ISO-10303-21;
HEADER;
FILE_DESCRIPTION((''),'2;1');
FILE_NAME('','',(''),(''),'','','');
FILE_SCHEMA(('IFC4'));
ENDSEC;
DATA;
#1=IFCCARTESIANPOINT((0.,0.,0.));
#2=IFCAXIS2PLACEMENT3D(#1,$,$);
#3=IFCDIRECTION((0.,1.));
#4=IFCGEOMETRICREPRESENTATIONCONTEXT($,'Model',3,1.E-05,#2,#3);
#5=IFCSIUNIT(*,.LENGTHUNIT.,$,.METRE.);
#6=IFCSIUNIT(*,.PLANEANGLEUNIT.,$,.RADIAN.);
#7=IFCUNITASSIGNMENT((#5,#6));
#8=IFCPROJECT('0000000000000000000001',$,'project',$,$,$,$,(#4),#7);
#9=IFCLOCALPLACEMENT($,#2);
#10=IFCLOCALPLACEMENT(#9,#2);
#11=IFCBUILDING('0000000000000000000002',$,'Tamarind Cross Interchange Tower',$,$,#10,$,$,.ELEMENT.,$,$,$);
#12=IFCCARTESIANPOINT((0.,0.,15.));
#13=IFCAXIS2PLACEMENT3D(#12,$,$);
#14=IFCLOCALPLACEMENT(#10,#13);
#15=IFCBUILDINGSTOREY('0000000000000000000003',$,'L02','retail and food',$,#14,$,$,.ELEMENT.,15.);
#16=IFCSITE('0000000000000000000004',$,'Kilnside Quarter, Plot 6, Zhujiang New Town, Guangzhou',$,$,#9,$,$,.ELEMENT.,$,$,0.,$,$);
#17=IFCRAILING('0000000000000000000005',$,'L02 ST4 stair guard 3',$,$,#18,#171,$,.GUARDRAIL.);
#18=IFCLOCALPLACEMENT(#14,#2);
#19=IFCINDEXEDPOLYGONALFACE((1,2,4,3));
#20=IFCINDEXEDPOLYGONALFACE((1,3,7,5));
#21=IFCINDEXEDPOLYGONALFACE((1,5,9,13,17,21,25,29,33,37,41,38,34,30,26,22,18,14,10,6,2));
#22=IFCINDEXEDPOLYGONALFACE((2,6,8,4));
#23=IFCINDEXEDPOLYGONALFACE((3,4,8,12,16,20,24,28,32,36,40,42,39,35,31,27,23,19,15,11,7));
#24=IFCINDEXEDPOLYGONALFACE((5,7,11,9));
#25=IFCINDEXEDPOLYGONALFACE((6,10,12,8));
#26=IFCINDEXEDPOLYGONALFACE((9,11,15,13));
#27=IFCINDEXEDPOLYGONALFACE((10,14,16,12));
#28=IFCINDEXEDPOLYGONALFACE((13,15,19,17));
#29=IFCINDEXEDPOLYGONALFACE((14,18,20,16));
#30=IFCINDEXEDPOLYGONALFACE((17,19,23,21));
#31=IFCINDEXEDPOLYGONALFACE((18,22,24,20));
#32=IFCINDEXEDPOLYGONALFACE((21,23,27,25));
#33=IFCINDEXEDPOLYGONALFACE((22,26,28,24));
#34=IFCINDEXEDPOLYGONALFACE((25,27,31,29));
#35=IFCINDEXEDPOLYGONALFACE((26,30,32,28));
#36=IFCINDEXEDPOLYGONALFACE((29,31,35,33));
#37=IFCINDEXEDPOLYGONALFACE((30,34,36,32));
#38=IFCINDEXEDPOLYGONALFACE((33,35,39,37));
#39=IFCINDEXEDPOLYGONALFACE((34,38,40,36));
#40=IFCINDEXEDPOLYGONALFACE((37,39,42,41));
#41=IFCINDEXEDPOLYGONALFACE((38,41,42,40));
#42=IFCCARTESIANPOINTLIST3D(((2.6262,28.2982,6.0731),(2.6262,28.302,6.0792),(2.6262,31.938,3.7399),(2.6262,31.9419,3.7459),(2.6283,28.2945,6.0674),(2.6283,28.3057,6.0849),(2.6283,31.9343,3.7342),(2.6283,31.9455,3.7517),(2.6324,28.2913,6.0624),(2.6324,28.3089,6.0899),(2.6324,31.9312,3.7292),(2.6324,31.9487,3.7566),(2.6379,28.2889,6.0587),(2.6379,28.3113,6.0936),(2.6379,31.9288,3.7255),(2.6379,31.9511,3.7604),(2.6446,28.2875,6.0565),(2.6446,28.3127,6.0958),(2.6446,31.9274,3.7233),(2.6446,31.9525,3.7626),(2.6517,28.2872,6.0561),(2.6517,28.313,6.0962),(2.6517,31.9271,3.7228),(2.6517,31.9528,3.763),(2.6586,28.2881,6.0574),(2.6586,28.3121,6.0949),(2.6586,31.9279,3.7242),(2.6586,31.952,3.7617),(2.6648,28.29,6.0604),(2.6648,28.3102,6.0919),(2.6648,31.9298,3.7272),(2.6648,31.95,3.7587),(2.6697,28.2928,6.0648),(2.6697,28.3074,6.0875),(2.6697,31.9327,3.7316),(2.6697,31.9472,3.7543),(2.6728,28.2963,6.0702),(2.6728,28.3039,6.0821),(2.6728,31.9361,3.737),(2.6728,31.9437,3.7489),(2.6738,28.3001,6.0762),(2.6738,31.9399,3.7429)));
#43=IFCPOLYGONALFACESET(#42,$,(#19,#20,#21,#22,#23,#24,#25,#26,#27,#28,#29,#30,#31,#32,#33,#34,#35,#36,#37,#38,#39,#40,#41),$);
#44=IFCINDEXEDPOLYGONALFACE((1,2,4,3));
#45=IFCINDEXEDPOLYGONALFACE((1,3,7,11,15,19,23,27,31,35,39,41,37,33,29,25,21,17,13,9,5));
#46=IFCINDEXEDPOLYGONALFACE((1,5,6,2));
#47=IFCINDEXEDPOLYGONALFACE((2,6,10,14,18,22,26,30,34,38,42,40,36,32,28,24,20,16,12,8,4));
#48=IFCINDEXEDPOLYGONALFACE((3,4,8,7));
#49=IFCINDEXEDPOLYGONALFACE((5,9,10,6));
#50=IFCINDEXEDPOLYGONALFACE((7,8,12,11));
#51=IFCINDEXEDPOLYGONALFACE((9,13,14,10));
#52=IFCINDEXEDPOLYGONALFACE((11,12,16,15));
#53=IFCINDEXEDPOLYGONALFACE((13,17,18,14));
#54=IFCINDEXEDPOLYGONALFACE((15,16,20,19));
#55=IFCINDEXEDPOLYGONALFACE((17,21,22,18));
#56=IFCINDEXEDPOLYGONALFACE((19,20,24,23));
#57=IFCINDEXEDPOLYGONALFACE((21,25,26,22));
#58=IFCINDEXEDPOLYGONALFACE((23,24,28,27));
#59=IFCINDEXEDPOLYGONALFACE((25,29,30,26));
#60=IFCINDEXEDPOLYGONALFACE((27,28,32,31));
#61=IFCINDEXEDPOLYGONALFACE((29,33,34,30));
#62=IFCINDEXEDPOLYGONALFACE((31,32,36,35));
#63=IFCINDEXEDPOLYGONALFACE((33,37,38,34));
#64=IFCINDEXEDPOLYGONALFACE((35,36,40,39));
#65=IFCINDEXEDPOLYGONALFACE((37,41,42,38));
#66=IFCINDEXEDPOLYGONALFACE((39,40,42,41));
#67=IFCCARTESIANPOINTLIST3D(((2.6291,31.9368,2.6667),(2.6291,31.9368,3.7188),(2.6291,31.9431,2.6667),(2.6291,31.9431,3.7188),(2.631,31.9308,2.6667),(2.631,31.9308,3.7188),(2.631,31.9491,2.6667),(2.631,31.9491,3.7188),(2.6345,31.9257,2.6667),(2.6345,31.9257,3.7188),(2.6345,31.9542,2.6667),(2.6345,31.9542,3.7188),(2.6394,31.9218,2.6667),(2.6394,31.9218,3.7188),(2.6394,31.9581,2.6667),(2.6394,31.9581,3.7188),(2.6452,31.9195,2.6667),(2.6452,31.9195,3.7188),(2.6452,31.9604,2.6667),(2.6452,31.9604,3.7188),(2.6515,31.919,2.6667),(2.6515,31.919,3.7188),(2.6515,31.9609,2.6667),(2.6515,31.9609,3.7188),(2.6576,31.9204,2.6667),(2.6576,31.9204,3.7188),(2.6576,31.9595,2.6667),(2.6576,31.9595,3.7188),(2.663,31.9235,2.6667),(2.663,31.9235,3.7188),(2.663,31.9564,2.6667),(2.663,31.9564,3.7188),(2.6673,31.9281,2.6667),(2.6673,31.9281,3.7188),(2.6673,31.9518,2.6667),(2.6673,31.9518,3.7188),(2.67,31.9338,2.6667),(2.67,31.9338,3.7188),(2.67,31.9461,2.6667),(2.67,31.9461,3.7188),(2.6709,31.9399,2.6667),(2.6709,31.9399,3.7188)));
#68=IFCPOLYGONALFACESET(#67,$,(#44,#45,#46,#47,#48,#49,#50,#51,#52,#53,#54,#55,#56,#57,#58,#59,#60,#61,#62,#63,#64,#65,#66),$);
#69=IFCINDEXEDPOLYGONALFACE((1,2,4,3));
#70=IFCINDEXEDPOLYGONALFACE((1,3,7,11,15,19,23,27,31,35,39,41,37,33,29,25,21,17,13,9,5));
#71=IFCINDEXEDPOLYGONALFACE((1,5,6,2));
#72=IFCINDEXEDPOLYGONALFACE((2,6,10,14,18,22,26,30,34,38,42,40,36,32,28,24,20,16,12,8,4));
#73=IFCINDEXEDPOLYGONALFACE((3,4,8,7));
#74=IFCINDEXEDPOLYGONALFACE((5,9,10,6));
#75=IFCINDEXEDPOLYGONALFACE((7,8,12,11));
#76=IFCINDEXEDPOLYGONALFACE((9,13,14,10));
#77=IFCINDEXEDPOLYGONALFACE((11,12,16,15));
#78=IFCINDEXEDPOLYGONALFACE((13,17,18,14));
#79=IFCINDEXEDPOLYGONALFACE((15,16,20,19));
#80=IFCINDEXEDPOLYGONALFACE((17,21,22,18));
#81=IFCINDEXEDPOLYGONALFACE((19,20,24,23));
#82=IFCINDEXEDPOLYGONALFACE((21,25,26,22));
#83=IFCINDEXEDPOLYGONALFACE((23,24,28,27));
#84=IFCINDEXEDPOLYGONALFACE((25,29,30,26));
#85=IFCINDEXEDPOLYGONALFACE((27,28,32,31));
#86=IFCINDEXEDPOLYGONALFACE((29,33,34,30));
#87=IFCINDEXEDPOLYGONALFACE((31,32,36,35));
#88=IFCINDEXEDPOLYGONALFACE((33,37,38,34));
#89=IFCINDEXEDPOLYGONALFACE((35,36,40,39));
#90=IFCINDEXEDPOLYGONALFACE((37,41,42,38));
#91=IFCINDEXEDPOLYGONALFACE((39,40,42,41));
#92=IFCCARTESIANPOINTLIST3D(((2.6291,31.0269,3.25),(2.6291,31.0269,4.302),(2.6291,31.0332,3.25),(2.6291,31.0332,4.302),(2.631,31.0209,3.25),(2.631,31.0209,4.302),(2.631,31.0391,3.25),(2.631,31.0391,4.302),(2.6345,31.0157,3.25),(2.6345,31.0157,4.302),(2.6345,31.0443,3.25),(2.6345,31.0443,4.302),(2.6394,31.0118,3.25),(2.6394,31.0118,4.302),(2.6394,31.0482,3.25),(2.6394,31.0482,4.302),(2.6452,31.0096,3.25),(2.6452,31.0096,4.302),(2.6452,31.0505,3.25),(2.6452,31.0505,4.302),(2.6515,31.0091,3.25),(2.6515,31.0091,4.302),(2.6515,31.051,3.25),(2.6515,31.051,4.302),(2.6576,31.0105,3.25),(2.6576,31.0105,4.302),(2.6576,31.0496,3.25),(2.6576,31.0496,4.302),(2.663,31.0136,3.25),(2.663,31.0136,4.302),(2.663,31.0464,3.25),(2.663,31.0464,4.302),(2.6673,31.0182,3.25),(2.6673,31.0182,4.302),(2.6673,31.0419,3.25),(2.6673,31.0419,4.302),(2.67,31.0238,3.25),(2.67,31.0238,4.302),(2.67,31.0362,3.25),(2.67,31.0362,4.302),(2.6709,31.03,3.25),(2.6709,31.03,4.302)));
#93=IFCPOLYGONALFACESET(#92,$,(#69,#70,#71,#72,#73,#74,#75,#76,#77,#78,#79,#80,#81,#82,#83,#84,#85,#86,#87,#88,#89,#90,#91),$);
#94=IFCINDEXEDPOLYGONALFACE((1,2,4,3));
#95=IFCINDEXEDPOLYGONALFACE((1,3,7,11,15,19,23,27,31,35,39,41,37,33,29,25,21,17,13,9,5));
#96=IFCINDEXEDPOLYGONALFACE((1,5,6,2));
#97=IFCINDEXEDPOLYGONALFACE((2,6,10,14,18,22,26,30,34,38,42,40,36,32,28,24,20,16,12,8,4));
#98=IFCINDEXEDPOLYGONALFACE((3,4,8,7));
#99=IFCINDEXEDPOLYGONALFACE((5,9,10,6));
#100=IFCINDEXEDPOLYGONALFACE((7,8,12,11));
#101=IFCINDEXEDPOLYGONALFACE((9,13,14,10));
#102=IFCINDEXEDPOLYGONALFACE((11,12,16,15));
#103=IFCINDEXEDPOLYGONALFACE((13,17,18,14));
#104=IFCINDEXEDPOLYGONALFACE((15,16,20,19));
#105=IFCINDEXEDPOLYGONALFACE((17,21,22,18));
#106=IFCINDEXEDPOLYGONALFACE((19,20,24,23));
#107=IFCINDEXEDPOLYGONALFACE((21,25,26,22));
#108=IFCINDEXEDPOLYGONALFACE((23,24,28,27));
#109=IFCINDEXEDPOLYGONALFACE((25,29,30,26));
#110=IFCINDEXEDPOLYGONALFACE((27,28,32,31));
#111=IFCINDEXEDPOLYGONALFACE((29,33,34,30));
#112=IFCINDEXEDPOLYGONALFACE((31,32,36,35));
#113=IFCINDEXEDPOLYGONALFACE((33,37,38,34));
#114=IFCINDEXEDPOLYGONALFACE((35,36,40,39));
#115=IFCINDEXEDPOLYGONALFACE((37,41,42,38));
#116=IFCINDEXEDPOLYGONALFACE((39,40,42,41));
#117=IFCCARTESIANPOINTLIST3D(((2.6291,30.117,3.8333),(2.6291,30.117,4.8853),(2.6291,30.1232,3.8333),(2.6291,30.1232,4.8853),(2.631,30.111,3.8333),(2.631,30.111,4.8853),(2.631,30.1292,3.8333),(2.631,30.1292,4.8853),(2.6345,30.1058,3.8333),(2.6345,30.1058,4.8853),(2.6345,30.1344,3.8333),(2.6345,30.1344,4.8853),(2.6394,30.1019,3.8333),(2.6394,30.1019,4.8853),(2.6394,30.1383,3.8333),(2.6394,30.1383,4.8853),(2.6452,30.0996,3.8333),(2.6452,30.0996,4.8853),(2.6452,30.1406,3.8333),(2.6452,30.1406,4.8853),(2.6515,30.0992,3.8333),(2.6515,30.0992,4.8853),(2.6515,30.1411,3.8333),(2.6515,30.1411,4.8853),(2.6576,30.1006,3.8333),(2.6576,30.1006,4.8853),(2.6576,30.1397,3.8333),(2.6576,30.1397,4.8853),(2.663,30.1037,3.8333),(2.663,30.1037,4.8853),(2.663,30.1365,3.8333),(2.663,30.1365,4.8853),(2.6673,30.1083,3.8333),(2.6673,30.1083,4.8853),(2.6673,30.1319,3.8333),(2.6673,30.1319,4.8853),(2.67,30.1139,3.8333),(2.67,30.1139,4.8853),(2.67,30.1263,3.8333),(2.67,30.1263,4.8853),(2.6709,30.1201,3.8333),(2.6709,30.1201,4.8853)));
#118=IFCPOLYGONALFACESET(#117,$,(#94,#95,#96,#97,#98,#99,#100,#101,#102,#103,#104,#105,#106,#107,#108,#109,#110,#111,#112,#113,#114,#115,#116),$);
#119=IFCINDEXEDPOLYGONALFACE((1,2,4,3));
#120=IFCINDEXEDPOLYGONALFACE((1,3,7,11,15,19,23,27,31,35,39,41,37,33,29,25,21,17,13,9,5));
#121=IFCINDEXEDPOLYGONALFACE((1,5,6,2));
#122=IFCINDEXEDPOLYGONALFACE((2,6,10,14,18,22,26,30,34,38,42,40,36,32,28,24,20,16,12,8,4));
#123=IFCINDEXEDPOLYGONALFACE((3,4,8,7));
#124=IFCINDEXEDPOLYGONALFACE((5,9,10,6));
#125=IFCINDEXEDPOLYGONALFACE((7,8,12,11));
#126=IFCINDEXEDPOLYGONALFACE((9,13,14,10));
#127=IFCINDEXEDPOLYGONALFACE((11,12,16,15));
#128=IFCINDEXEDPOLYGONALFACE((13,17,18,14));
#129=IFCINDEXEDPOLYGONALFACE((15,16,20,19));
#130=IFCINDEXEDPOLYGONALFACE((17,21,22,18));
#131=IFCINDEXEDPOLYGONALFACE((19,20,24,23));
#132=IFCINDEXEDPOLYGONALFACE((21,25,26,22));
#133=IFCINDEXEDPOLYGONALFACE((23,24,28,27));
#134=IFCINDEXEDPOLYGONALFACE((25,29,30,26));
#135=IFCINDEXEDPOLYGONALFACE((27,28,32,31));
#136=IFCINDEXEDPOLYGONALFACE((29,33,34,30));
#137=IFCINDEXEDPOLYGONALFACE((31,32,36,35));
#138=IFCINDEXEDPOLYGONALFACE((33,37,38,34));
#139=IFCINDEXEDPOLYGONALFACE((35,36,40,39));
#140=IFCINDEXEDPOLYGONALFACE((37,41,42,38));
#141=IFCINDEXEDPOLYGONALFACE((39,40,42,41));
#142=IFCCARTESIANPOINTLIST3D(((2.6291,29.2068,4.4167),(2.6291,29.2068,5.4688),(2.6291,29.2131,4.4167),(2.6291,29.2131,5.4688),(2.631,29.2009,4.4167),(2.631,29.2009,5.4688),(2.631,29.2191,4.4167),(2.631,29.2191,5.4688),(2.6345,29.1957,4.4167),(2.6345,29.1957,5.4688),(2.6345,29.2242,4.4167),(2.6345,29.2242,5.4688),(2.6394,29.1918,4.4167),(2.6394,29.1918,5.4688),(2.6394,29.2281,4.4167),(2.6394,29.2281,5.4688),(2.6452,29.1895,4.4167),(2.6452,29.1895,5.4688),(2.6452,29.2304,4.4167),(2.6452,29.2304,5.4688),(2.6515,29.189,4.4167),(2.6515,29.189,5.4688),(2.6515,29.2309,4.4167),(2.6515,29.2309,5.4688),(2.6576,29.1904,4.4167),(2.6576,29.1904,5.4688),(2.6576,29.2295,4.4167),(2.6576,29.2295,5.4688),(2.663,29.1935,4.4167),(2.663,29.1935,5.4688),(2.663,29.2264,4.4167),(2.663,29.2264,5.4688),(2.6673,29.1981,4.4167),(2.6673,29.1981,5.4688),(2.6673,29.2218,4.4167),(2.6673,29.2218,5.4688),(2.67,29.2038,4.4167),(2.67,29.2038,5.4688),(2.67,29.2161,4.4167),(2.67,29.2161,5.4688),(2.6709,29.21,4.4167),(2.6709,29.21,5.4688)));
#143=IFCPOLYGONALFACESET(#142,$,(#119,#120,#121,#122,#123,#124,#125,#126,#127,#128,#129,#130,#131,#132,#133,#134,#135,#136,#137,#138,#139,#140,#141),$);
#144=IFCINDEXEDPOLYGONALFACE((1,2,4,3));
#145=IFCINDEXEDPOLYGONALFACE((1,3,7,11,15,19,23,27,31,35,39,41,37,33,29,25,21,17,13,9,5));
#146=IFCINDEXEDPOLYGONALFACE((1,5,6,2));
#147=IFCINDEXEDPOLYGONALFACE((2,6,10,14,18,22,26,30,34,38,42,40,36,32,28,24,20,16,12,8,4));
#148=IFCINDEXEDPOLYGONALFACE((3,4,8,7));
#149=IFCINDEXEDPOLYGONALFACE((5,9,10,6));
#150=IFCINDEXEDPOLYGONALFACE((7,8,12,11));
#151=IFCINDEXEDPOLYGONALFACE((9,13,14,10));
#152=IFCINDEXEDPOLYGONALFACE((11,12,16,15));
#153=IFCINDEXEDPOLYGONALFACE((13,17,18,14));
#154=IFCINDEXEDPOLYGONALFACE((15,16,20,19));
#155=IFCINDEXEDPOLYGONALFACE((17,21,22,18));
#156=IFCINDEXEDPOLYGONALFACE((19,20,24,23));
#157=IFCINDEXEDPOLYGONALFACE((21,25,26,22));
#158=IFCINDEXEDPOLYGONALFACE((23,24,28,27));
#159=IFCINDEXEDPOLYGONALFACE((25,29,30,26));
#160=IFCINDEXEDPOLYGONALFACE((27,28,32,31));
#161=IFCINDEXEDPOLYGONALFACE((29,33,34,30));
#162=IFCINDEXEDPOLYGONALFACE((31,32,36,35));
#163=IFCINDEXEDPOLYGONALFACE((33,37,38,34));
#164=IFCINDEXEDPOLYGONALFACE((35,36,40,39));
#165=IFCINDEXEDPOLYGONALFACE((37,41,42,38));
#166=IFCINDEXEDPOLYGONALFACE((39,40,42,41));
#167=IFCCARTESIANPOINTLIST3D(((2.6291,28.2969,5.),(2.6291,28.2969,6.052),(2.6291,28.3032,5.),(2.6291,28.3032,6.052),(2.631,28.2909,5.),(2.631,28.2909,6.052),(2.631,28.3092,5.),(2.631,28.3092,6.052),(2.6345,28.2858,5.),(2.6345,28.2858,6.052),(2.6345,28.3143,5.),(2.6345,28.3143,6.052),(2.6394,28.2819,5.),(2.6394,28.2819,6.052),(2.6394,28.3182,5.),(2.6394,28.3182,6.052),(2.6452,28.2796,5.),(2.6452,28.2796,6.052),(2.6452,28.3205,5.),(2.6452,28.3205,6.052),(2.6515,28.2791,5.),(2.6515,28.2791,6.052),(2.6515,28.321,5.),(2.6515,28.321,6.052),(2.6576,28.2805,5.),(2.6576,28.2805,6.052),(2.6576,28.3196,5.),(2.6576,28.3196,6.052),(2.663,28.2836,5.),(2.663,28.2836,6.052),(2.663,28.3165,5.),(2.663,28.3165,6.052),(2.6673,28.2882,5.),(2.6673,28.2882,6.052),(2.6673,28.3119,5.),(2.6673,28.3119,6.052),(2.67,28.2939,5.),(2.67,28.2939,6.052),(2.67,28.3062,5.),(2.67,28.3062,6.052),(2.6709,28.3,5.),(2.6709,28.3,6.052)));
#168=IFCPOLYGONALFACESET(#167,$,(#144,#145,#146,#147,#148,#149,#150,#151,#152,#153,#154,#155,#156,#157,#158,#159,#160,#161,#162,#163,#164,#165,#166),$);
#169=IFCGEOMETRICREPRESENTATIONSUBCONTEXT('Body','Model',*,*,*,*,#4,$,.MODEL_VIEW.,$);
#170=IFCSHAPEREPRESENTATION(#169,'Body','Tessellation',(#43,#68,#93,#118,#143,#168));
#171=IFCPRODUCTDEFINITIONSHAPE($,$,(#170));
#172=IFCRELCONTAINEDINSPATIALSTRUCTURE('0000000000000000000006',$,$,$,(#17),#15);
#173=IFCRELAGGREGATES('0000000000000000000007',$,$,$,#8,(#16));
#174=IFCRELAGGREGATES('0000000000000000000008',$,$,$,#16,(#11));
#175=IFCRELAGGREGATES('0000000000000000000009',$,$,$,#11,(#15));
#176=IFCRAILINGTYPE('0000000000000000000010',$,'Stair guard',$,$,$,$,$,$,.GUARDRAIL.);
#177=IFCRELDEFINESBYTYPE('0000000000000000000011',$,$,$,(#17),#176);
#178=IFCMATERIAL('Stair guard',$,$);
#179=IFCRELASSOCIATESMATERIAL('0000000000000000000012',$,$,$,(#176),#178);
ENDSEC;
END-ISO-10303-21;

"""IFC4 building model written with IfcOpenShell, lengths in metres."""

from ifc_helpers import new_model, si_unit, direction, frame, origin, origin_2d, place, context, subcontext, project, spatial, circle, extrude, material, type_object, element, save


model = new_model("IFC4")

# Units and contexts
model_context = context("Model", 3, precision=1e-05, world=origin(), true_north=direction((0.0, 1.0)))
body_context = subcontext(model_context, "Body", "Model", "MODEL_VIEW")
ifc_project = project(units=[si_unit("LENGTHUNIT", "METRE"), si_unit("PLANEANGLEUNIT", "RADIAN")], contexts=[model_context])

# Site, building, storey
site_placement = place(None, origin())
site = spatial("IfcSite", under=ifc_project, at=site_placement, Name="Kilnside Quarter, Plot 6, Zhujiang New Town, Guangzhou", CompositionType="ELEMENT", RefElevation=0.0)
building_placement = place(site_placement, origin())
building = spatial("IfcBuilding", under=site, at=building_placement, Name="Tamarind Cross Interchange Tower", CompositionType="ELEMENT")
storey_placement = place(building_placement, frame((0.0, 0.0, 15.0)))
storey = spatial("IfcBuildingStorey", under=building, at=storey_placement, Name="L02", Description="retail and food", CompositionType="ELEMENT", Elevation=15.0)

# Railing
ifc_material_1 = material(Name="Stair guard")
railing_type_1 = type_object("IfcRailingType", Name="Stair guard", PredefinedType="GUARDRAIL", material=ifc_material_1)
railing_1_placement = place(storey_placement, frame((2.6499, 31.9399, 2.6667)))
element("IfcRailing", 1, at=railing_1_placement, inside=storey, type_object=railing_type_1, Name="L02 ST4 stair guard 3", PredefinedType="GUARDRAIL", context=body_context, shape_type="SweptSolid", body=[
    extrude(circle(Radius=0.0239, at=origin_2d()), frame((0.0, 0.0, 1.0762), z_axis=(0.0, -0.84188, 0.539664), x_axis=(1.0, 0.0, 0.0)), (0.0, 0.0, 1.0), 4.3235),
    extrude(circle(Radius=0.021, at=origin_2d()), origin(), (0.0, 0.0, 1.0), 1.052),
    extrude(circle(Radius=0.021, at=origin_2d()), frame((0.0, -0.9099, 0.5833)), (0.0, 0.0, 1.0), 1.052),
    extrude(circle(Radius=0.021, at=origin_2d()), frame((0.0, -1.8198, 1.1665)), (0.0, 0.0, 1.0), 1.052),
    extrude(circle(Radius=0.021, at=origin_2d()), frame((0.0, -2.73, 1.75)), (0.0, 0.0, 1.0), 1.052),
    extrude(circle(Radius=0.021, at=origin_2d()), frame((0.0, -3.6399, 2.3333)), (0.0, 0.0, 1.0), 1.052),
])

save(model, "model.ifc")
